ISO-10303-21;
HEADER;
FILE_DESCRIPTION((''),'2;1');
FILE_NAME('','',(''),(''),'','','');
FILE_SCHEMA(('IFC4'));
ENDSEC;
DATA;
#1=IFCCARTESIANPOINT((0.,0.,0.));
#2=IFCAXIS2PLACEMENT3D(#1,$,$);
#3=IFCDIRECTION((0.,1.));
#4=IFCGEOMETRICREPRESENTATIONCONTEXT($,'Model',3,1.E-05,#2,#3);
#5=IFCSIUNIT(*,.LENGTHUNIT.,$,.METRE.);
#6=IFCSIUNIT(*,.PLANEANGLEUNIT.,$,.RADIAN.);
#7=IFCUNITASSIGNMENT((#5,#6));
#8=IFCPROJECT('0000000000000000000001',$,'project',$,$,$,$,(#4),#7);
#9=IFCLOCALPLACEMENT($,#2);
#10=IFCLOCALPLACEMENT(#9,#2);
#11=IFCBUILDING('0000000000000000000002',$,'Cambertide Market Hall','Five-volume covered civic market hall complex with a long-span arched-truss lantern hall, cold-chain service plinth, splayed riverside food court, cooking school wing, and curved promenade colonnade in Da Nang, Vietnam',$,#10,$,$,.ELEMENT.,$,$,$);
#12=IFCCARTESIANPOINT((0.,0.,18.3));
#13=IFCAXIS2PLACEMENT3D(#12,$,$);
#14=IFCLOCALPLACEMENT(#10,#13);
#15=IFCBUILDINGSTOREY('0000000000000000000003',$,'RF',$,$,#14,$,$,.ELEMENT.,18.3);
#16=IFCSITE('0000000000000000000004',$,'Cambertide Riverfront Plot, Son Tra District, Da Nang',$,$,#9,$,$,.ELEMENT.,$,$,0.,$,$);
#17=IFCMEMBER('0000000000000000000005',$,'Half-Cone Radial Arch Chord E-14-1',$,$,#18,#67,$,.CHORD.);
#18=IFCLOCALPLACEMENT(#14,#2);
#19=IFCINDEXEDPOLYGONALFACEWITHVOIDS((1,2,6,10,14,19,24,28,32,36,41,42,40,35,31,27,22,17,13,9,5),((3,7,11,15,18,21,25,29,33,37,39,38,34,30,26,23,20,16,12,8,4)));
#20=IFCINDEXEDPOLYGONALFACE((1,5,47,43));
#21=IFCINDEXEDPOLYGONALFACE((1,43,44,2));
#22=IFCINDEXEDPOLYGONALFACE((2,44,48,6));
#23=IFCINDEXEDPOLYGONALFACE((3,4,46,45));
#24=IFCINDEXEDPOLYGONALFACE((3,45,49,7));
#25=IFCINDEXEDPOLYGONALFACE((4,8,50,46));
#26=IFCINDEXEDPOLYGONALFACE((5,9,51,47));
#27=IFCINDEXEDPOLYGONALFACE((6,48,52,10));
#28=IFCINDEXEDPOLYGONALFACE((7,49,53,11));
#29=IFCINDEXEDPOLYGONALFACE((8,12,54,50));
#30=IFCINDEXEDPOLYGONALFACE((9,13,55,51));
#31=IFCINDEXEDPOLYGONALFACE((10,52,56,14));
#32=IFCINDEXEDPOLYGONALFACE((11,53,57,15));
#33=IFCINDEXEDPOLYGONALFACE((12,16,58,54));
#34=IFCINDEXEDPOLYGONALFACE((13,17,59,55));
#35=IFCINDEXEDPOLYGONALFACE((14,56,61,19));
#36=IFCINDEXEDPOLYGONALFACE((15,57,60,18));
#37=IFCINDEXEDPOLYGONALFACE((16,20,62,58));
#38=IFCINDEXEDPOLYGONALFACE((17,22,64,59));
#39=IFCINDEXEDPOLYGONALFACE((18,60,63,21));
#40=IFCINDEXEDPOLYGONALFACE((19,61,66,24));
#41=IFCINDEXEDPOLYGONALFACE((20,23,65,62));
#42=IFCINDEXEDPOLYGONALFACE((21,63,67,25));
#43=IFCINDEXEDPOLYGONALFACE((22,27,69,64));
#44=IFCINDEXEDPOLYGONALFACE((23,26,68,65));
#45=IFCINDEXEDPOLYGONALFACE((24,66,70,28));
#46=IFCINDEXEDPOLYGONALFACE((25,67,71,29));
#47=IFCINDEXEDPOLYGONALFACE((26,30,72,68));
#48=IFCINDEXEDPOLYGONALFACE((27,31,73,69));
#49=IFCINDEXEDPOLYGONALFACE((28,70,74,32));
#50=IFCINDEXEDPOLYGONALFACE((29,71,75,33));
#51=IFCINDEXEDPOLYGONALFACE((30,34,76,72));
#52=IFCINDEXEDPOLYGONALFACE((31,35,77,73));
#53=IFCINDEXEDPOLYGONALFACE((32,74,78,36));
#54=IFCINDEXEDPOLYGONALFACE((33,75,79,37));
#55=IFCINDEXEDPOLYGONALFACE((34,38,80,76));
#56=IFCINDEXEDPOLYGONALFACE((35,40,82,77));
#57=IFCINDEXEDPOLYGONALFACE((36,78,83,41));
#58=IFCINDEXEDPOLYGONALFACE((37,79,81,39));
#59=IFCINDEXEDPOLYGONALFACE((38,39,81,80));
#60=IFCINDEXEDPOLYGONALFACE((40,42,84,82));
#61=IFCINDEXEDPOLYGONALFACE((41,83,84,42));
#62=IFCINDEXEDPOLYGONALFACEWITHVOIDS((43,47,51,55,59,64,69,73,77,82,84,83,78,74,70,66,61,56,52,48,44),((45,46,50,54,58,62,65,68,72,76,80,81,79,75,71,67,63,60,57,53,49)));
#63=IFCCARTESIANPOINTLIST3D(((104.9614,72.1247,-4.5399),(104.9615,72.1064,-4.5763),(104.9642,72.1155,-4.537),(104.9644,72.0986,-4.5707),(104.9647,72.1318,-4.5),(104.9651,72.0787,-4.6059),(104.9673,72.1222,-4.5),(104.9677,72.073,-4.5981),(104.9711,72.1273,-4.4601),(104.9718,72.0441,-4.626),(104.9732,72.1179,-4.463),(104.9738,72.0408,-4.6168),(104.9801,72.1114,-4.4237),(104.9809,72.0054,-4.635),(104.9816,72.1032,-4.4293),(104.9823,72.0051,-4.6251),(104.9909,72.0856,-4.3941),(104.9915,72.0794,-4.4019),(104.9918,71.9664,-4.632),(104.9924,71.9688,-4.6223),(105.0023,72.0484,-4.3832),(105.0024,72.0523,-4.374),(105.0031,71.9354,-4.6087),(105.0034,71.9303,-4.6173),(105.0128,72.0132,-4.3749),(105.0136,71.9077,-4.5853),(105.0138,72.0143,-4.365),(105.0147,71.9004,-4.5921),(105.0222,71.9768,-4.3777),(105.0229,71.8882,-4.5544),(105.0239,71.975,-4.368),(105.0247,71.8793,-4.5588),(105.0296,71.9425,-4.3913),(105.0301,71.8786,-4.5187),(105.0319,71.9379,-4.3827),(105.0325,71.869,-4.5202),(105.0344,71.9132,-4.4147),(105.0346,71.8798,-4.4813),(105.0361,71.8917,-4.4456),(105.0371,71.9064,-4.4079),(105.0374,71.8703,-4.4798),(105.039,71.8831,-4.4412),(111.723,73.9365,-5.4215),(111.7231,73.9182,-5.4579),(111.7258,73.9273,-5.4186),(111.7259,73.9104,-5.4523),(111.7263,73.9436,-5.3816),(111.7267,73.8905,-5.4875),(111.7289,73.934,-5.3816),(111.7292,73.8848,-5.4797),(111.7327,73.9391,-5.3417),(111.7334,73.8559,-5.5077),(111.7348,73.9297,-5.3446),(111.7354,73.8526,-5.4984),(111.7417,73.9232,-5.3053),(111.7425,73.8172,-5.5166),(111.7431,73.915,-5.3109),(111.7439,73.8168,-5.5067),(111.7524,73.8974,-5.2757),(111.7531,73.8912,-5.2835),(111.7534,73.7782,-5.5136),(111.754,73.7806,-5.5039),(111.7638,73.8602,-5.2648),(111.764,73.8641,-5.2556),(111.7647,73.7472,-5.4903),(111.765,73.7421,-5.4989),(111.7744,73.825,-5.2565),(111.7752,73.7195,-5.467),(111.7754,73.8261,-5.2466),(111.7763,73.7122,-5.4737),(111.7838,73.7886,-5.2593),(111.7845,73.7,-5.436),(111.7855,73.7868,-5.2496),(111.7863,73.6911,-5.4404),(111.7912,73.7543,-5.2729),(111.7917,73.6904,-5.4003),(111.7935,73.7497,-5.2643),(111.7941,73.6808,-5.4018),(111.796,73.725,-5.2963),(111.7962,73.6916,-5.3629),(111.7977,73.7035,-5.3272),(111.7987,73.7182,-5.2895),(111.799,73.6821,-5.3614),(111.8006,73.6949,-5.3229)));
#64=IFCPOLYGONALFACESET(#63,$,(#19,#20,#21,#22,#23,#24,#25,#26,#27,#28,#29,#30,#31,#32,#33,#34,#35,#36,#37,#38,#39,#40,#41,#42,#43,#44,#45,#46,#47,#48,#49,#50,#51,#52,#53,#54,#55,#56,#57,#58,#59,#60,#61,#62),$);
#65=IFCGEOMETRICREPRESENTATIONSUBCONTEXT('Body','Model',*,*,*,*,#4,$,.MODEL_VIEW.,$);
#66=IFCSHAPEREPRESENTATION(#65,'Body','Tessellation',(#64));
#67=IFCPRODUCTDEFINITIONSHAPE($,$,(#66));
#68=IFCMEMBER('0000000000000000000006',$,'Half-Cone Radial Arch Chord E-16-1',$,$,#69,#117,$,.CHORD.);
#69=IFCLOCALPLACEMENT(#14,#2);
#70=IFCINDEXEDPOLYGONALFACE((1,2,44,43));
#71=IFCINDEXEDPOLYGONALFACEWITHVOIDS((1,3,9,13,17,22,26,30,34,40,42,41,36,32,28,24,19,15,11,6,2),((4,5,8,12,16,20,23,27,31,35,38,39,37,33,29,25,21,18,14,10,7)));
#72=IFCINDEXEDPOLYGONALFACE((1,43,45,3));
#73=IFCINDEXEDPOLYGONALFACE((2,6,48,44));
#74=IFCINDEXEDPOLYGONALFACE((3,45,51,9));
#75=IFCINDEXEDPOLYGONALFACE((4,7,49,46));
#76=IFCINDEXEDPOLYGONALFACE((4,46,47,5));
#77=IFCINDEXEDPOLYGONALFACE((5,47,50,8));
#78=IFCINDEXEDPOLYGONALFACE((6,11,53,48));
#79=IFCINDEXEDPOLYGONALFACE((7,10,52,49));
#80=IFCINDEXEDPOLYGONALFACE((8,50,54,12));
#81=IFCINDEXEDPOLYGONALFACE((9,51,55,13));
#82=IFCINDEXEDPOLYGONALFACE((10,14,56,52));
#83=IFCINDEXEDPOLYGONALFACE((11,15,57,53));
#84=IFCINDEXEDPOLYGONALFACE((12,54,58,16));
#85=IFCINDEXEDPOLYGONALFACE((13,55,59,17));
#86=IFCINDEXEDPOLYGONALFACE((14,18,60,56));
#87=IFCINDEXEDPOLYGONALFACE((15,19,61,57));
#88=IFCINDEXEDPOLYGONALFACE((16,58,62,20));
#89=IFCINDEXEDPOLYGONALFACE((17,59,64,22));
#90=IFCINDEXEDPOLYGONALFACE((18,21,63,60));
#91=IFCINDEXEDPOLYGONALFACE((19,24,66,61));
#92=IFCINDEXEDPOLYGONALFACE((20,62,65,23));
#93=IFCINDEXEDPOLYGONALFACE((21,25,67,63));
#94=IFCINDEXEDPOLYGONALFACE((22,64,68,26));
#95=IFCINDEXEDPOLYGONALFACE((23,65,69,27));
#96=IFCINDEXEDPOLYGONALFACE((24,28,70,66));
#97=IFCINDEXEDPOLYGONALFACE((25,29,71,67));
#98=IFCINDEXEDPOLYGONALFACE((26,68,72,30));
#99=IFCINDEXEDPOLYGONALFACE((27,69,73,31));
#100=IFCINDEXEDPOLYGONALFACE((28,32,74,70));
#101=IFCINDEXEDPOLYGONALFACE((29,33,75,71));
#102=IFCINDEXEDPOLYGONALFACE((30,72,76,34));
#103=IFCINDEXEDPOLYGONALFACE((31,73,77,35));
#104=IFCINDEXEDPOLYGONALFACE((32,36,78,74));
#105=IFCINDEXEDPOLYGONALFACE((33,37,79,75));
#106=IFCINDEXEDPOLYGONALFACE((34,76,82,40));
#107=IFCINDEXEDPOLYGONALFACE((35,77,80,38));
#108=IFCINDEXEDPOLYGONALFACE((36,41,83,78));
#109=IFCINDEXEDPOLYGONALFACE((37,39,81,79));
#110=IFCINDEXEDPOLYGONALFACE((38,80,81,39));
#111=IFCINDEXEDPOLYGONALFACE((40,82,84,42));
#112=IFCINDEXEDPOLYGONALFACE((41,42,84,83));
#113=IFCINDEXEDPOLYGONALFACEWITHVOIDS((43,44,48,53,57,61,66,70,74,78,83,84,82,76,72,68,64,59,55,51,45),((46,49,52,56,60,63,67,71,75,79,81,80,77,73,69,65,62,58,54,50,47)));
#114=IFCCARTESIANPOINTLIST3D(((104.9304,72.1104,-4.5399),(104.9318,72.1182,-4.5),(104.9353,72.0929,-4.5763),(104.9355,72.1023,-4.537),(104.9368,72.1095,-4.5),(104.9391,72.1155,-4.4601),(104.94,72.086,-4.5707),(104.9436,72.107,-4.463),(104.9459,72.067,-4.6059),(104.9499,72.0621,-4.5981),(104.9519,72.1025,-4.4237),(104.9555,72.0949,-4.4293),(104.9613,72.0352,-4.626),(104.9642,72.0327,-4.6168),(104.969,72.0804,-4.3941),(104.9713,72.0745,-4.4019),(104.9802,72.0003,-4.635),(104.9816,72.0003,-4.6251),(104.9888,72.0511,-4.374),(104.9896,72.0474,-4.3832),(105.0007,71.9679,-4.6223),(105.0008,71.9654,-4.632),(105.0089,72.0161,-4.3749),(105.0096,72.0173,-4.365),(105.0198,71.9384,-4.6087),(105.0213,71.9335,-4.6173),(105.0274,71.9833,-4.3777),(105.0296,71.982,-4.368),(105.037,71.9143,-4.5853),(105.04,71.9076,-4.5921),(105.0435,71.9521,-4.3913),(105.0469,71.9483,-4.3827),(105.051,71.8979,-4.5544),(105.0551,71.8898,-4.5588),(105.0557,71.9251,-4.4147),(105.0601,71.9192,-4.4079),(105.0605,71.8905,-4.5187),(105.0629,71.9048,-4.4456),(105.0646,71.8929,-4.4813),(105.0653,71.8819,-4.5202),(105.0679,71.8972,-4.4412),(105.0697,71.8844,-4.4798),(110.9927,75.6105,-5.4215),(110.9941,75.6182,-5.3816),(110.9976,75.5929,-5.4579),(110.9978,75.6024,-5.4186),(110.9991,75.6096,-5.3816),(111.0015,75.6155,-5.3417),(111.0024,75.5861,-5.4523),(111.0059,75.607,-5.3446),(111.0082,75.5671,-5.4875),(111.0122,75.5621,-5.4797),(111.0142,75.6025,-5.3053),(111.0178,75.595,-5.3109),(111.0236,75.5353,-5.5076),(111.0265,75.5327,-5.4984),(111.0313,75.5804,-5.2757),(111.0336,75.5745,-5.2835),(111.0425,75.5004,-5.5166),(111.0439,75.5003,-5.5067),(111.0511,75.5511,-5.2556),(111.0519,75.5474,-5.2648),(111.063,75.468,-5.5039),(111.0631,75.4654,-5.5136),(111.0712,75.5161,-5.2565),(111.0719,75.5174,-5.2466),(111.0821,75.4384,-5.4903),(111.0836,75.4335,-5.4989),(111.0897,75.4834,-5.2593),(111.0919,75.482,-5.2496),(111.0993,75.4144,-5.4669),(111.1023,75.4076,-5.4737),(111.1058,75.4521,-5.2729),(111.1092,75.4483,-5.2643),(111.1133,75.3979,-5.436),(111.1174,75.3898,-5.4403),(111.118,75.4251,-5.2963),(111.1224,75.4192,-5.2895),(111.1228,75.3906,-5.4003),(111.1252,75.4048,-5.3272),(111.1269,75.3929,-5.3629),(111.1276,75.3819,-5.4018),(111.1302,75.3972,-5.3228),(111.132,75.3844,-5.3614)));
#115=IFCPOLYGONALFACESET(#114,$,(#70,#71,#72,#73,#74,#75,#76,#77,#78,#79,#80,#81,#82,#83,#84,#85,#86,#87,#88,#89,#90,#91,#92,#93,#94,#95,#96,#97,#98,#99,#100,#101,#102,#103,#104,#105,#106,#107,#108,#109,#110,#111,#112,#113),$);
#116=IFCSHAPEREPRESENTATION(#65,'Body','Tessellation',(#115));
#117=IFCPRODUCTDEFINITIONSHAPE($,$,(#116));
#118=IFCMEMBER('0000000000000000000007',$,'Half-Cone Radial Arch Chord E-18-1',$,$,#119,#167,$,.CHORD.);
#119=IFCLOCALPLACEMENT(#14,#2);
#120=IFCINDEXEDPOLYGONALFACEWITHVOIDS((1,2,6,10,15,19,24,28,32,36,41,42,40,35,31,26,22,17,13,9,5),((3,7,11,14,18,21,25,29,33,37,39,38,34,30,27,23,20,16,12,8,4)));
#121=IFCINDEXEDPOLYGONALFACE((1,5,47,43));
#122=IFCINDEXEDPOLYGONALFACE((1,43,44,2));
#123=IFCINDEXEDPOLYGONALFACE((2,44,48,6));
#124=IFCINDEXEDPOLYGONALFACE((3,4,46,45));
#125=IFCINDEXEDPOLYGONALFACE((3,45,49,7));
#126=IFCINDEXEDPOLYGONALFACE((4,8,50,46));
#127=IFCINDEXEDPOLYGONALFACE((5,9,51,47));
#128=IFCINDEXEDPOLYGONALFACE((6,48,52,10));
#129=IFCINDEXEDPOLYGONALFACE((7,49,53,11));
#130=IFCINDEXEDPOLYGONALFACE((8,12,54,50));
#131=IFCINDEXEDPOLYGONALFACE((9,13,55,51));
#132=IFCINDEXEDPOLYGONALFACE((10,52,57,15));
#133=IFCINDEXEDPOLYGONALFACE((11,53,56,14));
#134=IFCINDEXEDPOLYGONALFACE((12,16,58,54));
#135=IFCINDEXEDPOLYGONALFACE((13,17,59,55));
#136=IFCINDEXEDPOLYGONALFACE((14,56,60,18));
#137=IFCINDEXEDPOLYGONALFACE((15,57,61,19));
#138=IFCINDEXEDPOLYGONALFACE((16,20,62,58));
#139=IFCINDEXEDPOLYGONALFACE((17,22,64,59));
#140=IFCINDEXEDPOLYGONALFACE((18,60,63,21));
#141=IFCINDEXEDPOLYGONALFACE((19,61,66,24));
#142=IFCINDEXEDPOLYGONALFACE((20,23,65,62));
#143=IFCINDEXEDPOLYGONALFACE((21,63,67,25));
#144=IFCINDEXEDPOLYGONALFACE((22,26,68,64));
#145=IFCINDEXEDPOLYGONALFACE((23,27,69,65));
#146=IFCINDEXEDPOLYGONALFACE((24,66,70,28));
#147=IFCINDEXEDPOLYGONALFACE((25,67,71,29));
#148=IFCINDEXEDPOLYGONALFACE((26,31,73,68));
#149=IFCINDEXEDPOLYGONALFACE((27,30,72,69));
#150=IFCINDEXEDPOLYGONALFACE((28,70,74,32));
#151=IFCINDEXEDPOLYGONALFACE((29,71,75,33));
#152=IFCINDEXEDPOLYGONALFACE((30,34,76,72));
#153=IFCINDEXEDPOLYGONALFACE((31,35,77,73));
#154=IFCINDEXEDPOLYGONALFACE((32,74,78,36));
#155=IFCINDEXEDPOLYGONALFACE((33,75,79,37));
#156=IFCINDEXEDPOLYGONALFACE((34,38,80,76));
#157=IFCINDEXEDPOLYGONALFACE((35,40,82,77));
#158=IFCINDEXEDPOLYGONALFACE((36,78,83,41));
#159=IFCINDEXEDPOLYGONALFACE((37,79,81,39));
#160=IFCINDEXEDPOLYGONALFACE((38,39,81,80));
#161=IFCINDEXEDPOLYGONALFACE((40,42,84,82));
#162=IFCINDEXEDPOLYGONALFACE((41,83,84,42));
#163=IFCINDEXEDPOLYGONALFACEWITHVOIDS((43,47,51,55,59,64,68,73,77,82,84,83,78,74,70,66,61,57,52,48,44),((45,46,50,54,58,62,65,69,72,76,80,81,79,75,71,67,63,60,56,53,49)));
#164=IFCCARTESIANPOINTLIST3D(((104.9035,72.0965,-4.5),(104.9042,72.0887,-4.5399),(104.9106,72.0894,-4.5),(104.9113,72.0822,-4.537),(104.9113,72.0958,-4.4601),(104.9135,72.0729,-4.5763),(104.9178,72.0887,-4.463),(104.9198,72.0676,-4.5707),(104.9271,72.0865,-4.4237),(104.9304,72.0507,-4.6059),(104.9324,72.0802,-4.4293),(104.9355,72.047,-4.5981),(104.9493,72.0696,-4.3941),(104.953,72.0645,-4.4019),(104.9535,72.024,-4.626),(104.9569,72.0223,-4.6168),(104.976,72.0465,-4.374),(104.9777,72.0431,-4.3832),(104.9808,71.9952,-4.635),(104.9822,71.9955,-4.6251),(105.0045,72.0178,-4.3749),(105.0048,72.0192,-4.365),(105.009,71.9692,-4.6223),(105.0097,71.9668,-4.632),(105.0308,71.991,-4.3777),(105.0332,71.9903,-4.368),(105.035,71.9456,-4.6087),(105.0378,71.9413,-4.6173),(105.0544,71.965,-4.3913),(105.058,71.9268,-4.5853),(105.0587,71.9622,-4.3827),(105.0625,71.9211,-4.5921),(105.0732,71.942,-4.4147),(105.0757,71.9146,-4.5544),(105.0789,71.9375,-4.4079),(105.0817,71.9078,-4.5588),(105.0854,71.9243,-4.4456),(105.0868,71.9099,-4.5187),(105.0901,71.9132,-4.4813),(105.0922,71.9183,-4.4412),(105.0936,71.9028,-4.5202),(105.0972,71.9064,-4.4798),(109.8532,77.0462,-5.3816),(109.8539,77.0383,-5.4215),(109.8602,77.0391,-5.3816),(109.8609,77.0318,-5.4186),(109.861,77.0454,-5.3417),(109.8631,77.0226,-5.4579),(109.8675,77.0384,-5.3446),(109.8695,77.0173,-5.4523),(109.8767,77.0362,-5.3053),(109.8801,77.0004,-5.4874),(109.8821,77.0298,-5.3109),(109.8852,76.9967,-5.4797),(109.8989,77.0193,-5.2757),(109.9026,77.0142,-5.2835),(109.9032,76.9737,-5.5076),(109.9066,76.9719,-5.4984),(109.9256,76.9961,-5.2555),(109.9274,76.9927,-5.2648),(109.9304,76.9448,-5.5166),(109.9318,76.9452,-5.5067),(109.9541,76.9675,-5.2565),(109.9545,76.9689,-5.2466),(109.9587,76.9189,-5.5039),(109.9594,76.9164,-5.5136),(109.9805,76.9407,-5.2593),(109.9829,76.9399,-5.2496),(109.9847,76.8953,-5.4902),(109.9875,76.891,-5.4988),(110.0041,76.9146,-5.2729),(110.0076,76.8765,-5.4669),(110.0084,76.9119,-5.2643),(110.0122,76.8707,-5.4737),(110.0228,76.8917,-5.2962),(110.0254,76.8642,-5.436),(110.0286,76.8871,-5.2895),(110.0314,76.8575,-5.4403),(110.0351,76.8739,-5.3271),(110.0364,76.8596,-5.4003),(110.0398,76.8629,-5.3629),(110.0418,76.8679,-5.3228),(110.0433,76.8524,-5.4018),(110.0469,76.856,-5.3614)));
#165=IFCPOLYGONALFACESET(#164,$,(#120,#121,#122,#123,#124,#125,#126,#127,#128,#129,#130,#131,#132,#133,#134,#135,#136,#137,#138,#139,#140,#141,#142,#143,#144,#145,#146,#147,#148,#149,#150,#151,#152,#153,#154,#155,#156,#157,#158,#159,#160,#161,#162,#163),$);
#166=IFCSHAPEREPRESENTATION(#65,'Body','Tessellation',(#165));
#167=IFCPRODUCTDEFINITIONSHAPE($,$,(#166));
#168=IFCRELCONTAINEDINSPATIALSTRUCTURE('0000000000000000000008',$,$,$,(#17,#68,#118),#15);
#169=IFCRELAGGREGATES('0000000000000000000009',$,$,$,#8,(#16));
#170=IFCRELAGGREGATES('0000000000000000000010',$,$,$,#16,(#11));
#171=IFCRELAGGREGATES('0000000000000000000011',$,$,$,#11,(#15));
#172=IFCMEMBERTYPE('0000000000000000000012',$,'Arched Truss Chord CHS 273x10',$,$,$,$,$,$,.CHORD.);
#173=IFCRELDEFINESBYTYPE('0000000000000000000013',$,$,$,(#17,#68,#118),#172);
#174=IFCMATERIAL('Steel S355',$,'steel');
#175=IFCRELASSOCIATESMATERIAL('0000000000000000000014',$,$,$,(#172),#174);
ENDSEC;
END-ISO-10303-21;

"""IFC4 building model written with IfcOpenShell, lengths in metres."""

from ifc_helpers import new_model, si_unit, direction, frame, origin, origin_2d, place, context, subcontext, project, spatial, hollow_circle, extrude, material, material_profile, profile_set, type_object, element, save


model = new_model("IFC4")

# Units and contexts
model_context = context("Model", 3, precision=1e-05, world=origin(), true_north=direction((0.0, 1.0)))
body_context = subcontext(model_context, "Body", "Model", "MODEL_VIEW")
ifc_project = project(units=[si_unit("LENGTHUNIT", "METRE"), si_unit("PLANEANGLEUNIT", "RADIAN")], contexts=[model_context])

# Site, building, storey
site_placement = place(None, origin())
site = spatial("IfcSite", under=ifc_project, at=site_placement, Name="Cambertide Riverfront Plot, Son Tra District, Da Nang", CompositionType="ELEMENT", RefElevation=0.0)
building_placement = place(site_placement, origin())
building = spatial("IfcBuilding", under=site, at=building_placement, Name="Cambertide Market Hall", Description="Five-volume covered civic market hall complex with a long-span arched-truss lantern hall, cold-chain service plinth, splayed riverside food court, cooking school wing, and curved promenade colonnade in Da Nang, Vietnam", CompositionType="ELEMENT")
storey_placement = place(building_placement, frame((0.0, 0.0, 18.3)))
storey = spatial("IfcBuildingStorey", under=building, at=storey_placement, Name="RF", CompositionType="ELEMENT", Elevation=18.3)

# Members
ifc_material_1 = material(Name="Steel S355", Category="steel")
ifc_material_profile_1 = material_profile(ifc_material_1, hollow_circle(Radius=0.1365, WallThickness=0.01, at=origin_2d()), Name="CHS 273x10")
ifc_profile_set_1 = profile_set([ifc_material_profile_1], Name="Steel S355")
member_type_1 = type_object("IfcMemberType", Name="Arched Truss Chord CHS 273x10", PredefinedType="CHORD", material=ifc_profile_set_1)
for number, where, z_axis, x_axis, name in (
    (1, (105.0, 72.0, -4.5), (0.958354, 0.256795, -0.124955), (-0.258824, 0.965925, 0.0), "Half-Cone Radial Arch Chord E-14-1"),
    (2, (105.0, 72.0, -4.5), (0.859241, 0.496077, -0.124953), (-0.499995, 0.866028, 0.0), "Half-Cone Radial Arch Chord E-16-1"),
):
    element("IfcMember", number, at=place(storey_placement, frame(where, z_axis=z_axis, x_axis=x_axis)), inside=storey, type_object=member_type_1, Name=name, PredefinedType="CHORD", context=body_context, shape_type="SweptSolid", body=[
        extrude(hollow_circle(Radius=0.1365, WallThickness=0.01, at=origin_2d()), origin(), (0.0, 0.0, 1.0), 7.0554),
    ])
member_1_placement = place(storey_placement, frame((105.0, 72.0, -4.5), z_axis=(0.701565, 0.701565, -0.124956), x_axis=(-0.707107, 0.707107, 0.0)))
element("IfcMember", 3, at=member_1_placement, inside=storey, type_object=member_type_1, Name="Half-Cone Radial Arch Chord E-18-1", PredefinedType="CHORD", context=body_context, shape_type="SweptSolid", body=[
    extrude(hollow_circle(Radius=0.1365, WallThickness=0.01, at=origin_2d()), origin(), (0.0, 0.0, 1.0), 7.0552),
])

save(model, "model.ifc")
